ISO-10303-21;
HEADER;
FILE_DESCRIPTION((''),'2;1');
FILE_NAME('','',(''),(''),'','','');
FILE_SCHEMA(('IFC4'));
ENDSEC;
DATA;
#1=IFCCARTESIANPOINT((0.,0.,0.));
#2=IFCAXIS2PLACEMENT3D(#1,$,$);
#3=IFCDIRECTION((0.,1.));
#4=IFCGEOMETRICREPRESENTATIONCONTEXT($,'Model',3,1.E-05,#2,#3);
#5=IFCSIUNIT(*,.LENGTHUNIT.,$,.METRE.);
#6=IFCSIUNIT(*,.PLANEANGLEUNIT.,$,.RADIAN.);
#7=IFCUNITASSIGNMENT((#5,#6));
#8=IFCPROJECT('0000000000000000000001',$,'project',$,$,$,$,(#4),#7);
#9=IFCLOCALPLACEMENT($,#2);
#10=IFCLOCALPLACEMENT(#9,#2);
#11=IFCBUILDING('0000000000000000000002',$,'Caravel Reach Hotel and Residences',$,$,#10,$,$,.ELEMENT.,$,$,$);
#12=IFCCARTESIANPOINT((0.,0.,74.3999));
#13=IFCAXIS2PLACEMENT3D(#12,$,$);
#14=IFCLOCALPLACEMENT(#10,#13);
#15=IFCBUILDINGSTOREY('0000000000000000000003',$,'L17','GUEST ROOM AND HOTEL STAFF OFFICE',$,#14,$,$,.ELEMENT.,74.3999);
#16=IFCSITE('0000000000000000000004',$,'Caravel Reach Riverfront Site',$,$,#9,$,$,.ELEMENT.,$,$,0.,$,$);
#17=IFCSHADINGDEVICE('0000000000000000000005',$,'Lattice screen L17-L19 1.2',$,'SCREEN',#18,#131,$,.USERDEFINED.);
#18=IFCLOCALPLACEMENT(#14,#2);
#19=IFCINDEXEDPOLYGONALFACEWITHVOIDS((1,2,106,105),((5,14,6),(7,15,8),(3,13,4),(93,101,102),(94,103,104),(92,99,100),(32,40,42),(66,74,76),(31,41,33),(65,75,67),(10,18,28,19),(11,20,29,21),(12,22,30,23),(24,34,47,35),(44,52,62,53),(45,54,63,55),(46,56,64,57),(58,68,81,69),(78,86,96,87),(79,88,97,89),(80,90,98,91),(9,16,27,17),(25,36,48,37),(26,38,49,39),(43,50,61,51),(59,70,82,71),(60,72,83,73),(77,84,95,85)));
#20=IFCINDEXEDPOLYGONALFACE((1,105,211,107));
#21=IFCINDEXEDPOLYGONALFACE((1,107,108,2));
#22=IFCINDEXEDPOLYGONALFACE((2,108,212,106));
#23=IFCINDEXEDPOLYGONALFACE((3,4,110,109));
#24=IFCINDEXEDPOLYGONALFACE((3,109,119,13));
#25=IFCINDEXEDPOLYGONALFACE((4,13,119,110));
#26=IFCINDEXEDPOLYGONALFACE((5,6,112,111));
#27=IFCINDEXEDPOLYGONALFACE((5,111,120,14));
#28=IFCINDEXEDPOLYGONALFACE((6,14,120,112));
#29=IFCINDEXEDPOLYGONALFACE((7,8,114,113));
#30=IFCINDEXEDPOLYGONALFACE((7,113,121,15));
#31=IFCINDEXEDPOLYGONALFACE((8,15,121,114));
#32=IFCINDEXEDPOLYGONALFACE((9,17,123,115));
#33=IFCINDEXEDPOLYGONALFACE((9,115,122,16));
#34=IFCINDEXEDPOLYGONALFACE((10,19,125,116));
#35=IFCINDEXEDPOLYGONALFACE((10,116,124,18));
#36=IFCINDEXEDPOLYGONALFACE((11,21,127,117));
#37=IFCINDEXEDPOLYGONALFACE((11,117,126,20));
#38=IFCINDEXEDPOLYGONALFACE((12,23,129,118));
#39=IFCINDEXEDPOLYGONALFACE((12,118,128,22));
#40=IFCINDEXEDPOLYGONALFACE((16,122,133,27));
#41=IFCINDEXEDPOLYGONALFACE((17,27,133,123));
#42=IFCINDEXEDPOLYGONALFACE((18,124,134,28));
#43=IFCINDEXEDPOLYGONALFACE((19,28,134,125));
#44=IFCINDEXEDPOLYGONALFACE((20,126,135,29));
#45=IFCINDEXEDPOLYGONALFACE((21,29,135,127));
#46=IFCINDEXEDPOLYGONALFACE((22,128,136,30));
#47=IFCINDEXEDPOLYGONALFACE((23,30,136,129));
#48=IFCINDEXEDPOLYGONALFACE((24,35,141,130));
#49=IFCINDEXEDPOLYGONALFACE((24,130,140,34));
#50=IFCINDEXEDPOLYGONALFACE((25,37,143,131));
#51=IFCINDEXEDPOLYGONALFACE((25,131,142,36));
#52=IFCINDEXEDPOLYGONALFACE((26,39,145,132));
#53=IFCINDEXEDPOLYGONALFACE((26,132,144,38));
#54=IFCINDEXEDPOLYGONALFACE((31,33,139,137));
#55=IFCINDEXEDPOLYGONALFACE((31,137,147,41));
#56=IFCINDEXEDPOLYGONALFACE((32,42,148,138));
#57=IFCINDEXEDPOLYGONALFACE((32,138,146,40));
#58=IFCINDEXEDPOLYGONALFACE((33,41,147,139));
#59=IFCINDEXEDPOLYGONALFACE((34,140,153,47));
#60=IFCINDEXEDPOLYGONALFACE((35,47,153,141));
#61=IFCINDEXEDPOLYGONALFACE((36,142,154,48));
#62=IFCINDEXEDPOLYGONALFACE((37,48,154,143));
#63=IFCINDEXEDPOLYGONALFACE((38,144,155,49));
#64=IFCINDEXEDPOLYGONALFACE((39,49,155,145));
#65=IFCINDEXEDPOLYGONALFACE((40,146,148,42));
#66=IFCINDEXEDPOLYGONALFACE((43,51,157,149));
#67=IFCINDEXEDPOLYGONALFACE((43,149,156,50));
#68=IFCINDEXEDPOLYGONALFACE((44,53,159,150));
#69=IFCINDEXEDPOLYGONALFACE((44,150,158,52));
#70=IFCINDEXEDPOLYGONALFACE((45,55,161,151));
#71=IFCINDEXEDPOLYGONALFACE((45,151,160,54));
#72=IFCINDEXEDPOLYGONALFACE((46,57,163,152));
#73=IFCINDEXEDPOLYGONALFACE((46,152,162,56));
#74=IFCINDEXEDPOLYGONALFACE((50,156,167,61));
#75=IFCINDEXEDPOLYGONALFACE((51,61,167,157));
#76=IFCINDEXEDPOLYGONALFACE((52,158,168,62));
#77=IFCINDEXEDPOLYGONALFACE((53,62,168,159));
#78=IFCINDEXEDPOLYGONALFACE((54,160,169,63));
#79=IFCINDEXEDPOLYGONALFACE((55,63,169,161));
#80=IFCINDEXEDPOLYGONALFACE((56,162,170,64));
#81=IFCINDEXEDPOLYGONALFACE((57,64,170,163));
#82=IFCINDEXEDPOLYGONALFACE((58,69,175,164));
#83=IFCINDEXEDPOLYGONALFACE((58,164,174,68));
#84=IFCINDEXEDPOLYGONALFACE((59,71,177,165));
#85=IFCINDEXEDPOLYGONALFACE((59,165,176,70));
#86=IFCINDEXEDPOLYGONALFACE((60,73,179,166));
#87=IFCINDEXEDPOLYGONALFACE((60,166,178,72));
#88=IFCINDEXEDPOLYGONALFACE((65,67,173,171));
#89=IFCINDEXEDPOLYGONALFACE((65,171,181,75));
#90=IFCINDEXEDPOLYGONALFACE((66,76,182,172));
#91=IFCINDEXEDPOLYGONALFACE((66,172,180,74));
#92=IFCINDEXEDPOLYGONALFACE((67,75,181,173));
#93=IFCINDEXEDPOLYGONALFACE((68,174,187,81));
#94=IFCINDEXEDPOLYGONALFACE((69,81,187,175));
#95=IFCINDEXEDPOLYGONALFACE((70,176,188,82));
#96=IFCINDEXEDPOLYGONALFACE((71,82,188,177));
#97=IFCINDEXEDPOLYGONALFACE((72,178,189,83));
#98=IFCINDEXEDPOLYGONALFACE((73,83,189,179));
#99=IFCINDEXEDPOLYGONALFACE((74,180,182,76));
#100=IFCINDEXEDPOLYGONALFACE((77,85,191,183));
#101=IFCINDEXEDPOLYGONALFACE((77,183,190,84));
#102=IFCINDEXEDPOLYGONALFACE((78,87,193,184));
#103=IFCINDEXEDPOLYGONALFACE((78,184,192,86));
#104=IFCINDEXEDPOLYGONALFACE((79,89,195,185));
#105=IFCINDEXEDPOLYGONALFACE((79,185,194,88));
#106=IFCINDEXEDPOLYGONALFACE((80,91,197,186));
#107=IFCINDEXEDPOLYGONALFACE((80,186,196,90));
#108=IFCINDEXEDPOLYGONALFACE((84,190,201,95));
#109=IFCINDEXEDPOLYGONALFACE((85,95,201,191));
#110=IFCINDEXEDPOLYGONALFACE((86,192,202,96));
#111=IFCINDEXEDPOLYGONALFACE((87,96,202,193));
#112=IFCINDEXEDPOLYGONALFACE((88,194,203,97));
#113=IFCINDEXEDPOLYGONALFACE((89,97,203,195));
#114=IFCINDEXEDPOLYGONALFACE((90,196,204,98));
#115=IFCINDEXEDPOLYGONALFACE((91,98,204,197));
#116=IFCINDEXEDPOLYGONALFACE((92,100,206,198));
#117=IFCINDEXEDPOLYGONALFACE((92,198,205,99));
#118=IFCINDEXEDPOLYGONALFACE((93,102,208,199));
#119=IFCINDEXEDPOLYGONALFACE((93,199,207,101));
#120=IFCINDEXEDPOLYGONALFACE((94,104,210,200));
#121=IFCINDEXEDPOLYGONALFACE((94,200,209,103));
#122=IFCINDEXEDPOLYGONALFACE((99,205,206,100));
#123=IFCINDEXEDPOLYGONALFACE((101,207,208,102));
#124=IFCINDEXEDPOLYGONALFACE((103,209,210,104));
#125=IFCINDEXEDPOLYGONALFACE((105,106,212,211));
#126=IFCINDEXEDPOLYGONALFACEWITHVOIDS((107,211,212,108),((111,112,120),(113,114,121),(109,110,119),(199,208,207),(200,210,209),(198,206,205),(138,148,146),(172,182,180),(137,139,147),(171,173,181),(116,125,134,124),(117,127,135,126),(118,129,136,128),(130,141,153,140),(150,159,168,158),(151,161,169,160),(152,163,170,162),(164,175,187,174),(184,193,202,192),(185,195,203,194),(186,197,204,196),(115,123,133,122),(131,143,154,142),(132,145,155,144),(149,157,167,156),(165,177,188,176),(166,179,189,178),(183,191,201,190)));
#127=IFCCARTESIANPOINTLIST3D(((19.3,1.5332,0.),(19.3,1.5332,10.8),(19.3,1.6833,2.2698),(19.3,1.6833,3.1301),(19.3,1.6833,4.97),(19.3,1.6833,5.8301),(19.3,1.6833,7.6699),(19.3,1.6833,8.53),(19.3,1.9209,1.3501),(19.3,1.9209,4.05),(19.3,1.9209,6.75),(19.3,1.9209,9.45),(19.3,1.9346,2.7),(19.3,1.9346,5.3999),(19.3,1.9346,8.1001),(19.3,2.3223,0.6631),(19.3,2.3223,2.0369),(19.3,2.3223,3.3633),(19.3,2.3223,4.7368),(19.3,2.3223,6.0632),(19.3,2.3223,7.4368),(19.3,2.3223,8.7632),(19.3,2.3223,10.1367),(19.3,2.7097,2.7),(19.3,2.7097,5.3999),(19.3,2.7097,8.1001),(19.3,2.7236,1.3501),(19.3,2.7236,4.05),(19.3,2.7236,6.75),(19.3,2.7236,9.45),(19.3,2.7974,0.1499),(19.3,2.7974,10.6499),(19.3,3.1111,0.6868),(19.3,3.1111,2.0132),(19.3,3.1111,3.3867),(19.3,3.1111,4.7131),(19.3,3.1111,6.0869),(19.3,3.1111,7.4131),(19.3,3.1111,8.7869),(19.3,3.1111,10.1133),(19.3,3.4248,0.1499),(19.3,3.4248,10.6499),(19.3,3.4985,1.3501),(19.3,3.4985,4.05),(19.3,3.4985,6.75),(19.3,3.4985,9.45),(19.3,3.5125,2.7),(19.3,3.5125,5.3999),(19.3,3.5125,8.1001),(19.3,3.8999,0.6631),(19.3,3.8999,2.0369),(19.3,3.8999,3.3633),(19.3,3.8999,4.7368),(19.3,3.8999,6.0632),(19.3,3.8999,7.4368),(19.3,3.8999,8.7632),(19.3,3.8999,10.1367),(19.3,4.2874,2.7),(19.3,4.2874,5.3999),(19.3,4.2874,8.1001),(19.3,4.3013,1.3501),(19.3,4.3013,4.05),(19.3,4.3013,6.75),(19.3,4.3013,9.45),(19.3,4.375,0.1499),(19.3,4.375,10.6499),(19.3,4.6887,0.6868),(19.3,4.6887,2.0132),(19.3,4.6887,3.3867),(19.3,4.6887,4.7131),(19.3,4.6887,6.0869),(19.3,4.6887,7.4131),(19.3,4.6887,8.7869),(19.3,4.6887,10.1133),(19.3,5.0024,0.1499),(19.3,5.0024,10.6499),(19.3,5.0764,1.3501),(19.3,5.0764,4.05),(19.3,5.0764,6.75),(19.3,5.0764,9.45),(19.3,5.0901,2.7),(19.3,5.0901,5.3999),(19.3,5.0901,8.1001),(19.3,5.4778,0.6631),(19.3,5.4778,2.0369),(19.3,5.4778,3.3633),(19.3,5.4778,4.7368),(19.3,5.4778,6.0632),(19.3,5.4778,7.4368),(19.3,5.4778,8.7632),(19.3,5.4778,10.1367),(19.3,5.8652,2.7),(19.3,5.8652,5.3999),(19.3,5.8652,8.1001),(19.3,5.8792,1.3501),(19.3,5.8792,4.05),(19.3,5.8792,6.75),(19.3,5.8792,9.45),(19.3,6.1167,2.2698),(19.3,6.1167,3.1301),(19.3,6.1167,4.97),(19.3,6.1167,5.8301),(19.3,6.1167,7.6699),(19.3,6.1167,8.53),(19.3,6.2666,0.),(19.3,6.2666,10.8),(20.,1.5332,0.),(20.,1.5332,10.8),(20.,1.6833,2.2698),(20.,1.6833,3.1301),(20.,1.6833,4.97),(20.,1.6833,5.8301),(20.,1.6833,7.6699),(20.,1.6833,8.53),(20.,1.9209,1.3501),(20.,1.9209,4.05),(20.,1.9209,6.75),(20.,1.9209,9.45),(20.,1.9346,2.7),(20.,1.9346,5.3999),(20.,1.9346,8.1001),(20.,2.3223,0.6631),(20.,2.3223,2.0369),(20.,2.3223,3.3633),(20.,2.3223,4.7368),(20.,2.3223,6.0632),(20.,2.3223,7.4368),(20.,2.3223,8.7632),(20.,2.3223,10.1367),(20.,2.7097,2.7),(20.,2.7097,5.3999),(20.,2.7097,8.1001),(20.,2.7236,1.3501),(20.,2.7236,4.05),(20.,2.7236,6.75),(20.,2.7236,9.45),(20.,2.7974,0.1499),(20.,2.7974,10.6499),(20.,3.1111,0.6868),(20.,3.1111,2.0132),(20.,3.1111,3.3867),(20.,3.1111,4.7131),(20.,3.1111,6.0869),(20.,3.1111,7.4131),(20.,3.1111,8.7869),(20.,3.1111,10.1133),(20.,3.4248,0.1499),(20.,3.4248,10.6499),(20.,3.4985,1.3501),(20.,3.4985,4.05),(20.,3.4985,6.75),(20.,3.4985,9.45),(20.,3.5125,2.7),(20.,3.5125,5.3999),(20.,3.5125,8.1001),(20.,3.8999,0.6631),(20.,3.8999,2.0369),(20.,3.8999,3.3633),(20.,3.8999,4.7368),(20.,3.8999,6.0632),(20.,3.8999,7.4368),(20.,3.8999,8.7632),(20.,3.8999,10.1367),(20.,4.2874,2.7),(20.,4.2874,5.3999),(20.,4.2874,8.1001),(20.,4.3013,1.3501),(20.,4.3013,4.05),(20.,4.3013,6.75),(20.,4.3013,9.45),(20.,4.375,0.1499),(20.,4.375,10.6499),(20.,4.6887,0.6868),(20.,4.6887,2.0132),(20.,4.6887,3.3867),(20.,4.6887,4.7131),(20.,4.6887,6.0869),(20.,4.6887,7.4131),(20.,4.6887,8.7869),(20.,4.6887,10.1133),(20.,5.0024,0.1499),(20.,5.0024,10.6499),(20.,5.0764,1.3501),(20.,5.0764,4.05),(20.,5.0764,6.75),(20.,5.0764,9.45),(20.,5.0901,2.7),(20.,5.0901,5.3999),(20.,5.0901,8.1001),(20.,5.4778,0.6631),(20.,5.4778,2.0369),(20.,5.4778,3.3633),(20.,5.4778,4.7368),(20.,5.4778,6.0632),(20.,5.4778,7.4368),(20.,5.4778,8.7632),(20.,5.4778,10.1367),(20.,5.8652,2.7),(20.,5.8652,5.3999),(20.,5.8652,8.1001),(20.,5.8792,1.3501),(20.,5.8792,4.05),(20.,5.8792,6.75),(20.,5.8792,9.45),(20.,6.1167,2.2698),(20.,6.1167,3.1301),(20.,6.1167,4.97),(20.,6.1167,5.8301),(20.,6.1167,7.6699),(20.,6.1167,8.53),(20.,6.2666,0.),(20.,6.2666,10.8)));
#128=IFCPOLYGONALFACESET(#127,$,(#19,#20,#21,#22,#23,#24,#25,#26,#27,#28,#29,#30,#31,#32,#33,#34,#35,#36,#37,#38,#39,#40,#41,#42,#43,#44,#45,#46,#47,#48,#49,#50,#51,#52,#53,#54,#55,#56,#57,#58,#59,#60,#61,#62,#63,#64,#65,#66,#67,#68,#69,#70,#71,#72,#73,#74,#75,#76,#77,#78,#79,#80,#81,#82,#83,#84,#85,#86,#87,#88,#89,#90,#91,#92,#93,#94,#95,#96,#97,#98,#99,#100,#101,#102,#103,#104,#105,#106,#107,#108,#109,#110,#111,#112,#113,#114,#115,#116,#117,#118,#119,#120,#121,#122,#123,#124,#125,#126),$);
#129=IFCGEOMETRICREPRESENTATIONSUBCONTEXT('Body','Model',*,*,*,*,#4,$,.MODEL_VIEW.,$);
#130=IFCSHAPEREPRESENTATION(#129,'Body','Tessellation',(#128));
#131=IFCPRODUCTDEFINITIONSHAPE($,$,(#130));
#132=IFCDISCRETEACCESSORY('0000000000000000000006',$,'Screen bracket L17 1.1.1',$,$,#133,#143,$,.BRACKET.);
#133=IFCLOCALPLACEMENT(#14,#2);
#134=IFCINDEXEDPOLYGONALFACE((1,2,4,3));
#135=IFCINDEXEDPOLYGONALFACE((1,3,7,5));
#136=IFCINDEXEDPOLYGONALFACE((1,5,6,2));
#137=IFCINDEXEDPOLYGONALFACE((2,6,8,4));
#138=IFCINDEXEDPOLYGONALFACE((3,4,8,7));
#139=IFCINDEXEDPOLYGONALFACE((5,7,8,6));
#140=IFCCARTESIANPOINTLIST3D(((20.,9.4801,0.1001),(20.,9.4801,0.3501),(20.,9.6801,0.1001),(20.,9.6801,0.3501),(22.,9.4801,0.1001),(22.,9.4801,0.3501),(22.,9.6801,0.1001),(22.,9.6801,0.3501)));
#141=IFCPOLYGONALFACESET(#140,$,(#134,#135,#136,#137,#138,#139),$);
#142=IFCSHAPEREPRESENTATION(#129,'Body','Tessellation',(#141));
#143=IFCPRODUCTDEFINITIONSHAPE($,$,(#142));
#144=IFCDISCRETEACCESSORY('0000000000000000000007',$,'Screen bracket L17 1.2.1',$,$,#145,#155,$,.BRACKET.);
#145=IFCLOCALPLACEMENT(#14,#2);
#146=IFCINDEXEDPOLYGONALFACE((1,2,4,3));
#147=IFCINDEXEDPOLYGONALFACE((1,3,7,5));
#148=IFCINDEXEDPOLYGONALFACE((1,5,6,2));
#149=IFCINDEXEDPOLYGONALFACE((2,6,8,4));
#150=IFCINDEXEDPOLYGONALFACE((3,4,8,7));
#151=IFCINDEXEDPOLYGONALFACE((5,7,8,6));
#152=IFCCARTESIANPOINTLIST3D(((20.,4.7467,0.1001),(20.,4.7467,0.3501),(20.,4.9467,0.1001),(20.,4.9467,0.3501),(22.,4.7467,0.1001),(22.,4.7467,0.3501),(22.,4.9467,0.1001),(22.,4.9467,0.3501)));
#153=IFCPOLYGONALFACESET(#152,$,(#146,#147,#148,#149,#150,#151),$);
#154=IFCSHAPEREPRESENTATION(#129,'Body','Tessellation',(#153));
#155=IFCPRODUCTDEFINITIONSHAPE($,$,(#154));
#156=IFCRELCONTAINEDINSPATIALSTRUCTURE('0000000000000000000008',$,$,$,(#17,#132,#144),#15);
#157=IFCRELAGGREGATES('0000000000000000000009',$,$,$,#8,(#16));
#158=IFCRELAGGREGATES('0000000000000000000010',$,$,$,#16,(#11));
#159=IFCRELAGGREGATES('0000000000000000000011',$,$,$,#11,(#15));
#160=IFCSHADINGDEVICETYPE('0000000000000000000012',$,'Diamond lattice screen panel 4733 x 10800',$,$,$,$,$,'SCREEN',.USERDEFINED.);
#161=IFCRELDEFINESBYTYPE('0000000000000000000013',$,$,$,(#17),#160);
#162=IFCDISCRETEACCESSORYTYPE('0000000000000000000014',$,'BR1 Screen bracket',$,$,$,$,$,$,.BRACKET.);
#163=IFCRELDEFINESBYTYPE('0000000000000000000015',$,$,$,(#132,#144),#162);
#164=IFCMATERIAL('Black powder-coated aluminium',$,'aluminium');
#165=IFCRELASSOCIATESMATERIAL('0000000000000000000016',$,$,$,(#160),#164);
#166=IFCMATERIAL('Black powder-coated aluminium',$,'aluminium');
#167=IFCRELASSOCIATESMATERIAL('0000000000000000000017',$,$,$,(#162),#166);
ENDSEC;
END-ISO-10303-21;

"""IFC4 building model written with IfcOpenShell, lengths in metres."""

from ifc_helpers import new_model, si_unit, direction, frame, origin, origin_2d, place, context, subcontext, project, spatial, polyline, rectangle, outline, extrude, material, type_object, element, save


model = new_model("IFC4")

# Units and contexts
model_context = context("Model", 3, precision=1e-05, world=origin(), true_north=direction((0.0, 1.0)))
body_context = subcontext(model_context, "Body", "Model", "MODEL_VIEW")
ifc_project = project(units=[si_unit("LENGTHUNIT", "METRE"), si_unit("PLANEANGLEUNIT", "RADIAN")], contexts=[model_context])

# Site, building, storey
site_placement = place(None, origin())
site = spatial("IfcSite", under=ifc_project, at=site_placement, Name="Caravel Reach Riverfront Site", CompositionType="ELEMENT", RefElevation=0.0)
building_placement = place(site_placement, origin())
building = spatial("IfcBuilding", under=site, at=building_placement, Name="Caravel Reach Hotel and Residences", CompositionType="ELEMENT")
storey_placement = place(building_placement, frame((0.0, 0.0, 74.3999)))
storey = spatial("IfcBuildingStorey", under=building, at=storey_placement, Name="L17", Description="GUEST ROOM AND HOTEL STAFF OFFICE", CompositionType="ELEMENT", Elevation=74.3999)

# Shading device
ifc_material_1 = material(Name="Black powder-coated aluminium", Category="aluminium")
shading_device_type = type_object("IfcShadingDeviceType", Name="Diamond lattice screen panel 4733 x 10800", ElementType="SCREEN", PredefinedType="USERDEFINED", material=ifc_material_1)
shading_device_1_placement = place(storey_placement, frame((20.0, 6.2666, 0.0), z_axis=(-1.0, 0.0, 0.0), x_axis=(0.0, -1.0, 0.0)))
element("IfcShadingDevice", 1, at=shading_device_1_placement, inside=storey, type_object=shading_device_type, Name="Lattice screen L17-L19 1.2", ObjectType="SCREEN", PredefinedType="USERDEFINED", context=body_context, shape_type="SweptSolid", body=[
    extrude(outline(polyline([(0.0, 0.0), (4.7334, 0.0), (4.7334, 10.8), (0.0, 10.8), (0.0, 0.0)]), holes=[polyline([(0.4014, 2.7), (0.1499, 3.1301), (0.1499, 2.2698), (0.4014, 2.7)]), polyline([(0.4014, 5.3999), (0.1499, 5.8301), (0.1499, 4.97), (0.4014, 5.3999)]), polyline([(0.4014, 8.1001), (0.1499, 8.53), (0.1499, 7.6699), (0.4014, 8.1001)]), polyline([(0.7888, 2.0369), (0.3875, 1.3501), (0.7888, 0.6631), (1.1902, 1.3501), (0.7888, 2.0369)]), polyline([(0.7888, 4.7368), (0.3875, 4.05), (0.7888, 3.3633), (1.1902, 4.05), (0.7888, 4.7368)]), polyline([(0.7888, 7.4368), (0.3875, 6.75), (0.7888, 6.0632), (1.1902, 6.75), (0.7888, 7.4368)]), polyline([(0.7888, 10.1367), (0.3875, 9.45), (0.7888, 8.7632), (1.1902, 9.45), (0.7888, 10.1367)]), polyline([(1.5779, 0.6868), (1.2642, 0.1499), (1.8916, 0.1499), (1.5779, 0.6868)]), polyline([(1.5779, 3.3867), (1.1765, 2.7), (1.5779, 2.0132), (1.9792, 2.7), (1.5779, 3.3867)]), polyline([(1.5779, 6.0869), (1.1765, 5.3999), (1.5779, 4.7131), (1.9792, 5.3999), (1.5779, 6.0869)]), polyline([(1.5779, 8.7869), (1.1765, 8.1001), (1.5779, 7.4131), (1.9792, 8.1001), (1.5779, 8.7869)]), polyline([(1.5779, 10.1133), (1.8916, 10.6499), (1.2642, 10.6499), (1.5779, 10.1133)]), polyline([(2.3667, 2.0369), (1.9653, 1.3501), (2.3667, 0.6631), (2.7681, 1.3501), (2.3667, 2.0369)]), polyline([(2.3667, 4.7368), (1.9653, 4.05), (2.3667, 3.3633), (2.7681, 4.05), (2.3667, 4.7368)]), polyline([(2.3667, 7.4368), (1.9653, 6.75), (2.3667, 6.0632), (2.7681, 6.75), (2.3667, 7.4368)]), polyline([(2.3667, 10.1367), (1.9653, 9.45), (2.3667, 8.7632), (2.7681, 9.45), (2.3667, 10.1367)]), polyline([(3.1555, 0.6868), (2.8418, 0.1499), (3.4692, 0.1499), (3.1555, 0.6868)]), polyline([(3.1555, 3.3867), (2.7542, 2.7), (3.1555, 2.0132), (3.5569, 2.7), (3.1555, 3.3867)]), polyline([(3.1555, 6.0869), (2.7542, 5.3999), (3.1555, 4.7131), (3.5569, 5.3999), (3.1555, 6.0869)]), polyline([(3.1555, 8.7869), (2.7542, 8.1001), (3.1555, 7.4131), (3.5569, 8.1001), (3.1555, 8.7869)]), polyline([(3.1555, 10.1133), (3.4692, 10.6499), (2.8418, 10.6499), (3.1555, 10.1133)]), polyline([(3.9443, 2.0369), (3.543, 1.3501), (3.9443, 0.6631), (4.3457, 1.3501), (3.9443, 2.0369)]), polyline([(3.9443, 4.7368), (3.543, 4.05), (3.9443, 3.3633), (4.3457, 4.05), (3.9443, 4.7368)]), polyline([(3.9443, 7.4368), (3.543, 6.75), (3.9443, 6.0632), (4.3457, 6.75), (3.9443, 7.4368)]), polyline([(3.9443, 10.1367), (3.543, 9.45), (3.9443, 8.7632), (4.3457, 9.45), (3.9443, 10.1367)]), polyline([(4.332, 2.7), (4.5833, 2.2698), (4.5833, 3.1301), (4.332, 2.7)]), polyline([(4.332, 5.3999), (4.5833, 4.97), (4.5833, 5.8301), (4.332, 5.3999)]), polyline([(4.332, 8.1001), (4.5833, 7.6699), (4.5833, 8.53), (4.332, 8.1001)])]), origin(), (0.0, 0.0, 1.0), 0.7),
])

# Discrete accessories
ifc_material_2 = material(Name="Black powder-coated aluminium", Category="aluminium")
discrete_accessory_type = type_object("IfcDiscreteAccessoryType", Name="BR1 Screen bracket", PredefinedType="BRACKET", material=ifc_material_2)
for number, where, z_axis, x_axis, name in (
    (2, (21.0, 9.5801, 0.1001), (0.0, 0.0, 1.0), (-1.0, 0.0, 0.0), "Screen bracket L17 1.1.1"),
    (3, (21.0, 4.8467, 0.1001), (0.0, 0.0, 1.0), (-1.0, 0.0, 0.0), "Screen bracket L17 1.2.1"),
):
    element("IfcDiscreteAccessory", number, at=place(storey_placement, frame(where, z_axis=z_axis, x_axis=x_axis)), inside=storey, type_object=discrete_accessory_type, Name=name, PredefinedType="BRACKET", context=body_context, shape_type="SweptSolid", body=[
        extrude(rectangle(XDim=2.0, YDim=0.2, at=origin_2d()), origin(), (0.0, 0.0, 1.0), 0.25),
    ])

save(model, "model.ifc")
